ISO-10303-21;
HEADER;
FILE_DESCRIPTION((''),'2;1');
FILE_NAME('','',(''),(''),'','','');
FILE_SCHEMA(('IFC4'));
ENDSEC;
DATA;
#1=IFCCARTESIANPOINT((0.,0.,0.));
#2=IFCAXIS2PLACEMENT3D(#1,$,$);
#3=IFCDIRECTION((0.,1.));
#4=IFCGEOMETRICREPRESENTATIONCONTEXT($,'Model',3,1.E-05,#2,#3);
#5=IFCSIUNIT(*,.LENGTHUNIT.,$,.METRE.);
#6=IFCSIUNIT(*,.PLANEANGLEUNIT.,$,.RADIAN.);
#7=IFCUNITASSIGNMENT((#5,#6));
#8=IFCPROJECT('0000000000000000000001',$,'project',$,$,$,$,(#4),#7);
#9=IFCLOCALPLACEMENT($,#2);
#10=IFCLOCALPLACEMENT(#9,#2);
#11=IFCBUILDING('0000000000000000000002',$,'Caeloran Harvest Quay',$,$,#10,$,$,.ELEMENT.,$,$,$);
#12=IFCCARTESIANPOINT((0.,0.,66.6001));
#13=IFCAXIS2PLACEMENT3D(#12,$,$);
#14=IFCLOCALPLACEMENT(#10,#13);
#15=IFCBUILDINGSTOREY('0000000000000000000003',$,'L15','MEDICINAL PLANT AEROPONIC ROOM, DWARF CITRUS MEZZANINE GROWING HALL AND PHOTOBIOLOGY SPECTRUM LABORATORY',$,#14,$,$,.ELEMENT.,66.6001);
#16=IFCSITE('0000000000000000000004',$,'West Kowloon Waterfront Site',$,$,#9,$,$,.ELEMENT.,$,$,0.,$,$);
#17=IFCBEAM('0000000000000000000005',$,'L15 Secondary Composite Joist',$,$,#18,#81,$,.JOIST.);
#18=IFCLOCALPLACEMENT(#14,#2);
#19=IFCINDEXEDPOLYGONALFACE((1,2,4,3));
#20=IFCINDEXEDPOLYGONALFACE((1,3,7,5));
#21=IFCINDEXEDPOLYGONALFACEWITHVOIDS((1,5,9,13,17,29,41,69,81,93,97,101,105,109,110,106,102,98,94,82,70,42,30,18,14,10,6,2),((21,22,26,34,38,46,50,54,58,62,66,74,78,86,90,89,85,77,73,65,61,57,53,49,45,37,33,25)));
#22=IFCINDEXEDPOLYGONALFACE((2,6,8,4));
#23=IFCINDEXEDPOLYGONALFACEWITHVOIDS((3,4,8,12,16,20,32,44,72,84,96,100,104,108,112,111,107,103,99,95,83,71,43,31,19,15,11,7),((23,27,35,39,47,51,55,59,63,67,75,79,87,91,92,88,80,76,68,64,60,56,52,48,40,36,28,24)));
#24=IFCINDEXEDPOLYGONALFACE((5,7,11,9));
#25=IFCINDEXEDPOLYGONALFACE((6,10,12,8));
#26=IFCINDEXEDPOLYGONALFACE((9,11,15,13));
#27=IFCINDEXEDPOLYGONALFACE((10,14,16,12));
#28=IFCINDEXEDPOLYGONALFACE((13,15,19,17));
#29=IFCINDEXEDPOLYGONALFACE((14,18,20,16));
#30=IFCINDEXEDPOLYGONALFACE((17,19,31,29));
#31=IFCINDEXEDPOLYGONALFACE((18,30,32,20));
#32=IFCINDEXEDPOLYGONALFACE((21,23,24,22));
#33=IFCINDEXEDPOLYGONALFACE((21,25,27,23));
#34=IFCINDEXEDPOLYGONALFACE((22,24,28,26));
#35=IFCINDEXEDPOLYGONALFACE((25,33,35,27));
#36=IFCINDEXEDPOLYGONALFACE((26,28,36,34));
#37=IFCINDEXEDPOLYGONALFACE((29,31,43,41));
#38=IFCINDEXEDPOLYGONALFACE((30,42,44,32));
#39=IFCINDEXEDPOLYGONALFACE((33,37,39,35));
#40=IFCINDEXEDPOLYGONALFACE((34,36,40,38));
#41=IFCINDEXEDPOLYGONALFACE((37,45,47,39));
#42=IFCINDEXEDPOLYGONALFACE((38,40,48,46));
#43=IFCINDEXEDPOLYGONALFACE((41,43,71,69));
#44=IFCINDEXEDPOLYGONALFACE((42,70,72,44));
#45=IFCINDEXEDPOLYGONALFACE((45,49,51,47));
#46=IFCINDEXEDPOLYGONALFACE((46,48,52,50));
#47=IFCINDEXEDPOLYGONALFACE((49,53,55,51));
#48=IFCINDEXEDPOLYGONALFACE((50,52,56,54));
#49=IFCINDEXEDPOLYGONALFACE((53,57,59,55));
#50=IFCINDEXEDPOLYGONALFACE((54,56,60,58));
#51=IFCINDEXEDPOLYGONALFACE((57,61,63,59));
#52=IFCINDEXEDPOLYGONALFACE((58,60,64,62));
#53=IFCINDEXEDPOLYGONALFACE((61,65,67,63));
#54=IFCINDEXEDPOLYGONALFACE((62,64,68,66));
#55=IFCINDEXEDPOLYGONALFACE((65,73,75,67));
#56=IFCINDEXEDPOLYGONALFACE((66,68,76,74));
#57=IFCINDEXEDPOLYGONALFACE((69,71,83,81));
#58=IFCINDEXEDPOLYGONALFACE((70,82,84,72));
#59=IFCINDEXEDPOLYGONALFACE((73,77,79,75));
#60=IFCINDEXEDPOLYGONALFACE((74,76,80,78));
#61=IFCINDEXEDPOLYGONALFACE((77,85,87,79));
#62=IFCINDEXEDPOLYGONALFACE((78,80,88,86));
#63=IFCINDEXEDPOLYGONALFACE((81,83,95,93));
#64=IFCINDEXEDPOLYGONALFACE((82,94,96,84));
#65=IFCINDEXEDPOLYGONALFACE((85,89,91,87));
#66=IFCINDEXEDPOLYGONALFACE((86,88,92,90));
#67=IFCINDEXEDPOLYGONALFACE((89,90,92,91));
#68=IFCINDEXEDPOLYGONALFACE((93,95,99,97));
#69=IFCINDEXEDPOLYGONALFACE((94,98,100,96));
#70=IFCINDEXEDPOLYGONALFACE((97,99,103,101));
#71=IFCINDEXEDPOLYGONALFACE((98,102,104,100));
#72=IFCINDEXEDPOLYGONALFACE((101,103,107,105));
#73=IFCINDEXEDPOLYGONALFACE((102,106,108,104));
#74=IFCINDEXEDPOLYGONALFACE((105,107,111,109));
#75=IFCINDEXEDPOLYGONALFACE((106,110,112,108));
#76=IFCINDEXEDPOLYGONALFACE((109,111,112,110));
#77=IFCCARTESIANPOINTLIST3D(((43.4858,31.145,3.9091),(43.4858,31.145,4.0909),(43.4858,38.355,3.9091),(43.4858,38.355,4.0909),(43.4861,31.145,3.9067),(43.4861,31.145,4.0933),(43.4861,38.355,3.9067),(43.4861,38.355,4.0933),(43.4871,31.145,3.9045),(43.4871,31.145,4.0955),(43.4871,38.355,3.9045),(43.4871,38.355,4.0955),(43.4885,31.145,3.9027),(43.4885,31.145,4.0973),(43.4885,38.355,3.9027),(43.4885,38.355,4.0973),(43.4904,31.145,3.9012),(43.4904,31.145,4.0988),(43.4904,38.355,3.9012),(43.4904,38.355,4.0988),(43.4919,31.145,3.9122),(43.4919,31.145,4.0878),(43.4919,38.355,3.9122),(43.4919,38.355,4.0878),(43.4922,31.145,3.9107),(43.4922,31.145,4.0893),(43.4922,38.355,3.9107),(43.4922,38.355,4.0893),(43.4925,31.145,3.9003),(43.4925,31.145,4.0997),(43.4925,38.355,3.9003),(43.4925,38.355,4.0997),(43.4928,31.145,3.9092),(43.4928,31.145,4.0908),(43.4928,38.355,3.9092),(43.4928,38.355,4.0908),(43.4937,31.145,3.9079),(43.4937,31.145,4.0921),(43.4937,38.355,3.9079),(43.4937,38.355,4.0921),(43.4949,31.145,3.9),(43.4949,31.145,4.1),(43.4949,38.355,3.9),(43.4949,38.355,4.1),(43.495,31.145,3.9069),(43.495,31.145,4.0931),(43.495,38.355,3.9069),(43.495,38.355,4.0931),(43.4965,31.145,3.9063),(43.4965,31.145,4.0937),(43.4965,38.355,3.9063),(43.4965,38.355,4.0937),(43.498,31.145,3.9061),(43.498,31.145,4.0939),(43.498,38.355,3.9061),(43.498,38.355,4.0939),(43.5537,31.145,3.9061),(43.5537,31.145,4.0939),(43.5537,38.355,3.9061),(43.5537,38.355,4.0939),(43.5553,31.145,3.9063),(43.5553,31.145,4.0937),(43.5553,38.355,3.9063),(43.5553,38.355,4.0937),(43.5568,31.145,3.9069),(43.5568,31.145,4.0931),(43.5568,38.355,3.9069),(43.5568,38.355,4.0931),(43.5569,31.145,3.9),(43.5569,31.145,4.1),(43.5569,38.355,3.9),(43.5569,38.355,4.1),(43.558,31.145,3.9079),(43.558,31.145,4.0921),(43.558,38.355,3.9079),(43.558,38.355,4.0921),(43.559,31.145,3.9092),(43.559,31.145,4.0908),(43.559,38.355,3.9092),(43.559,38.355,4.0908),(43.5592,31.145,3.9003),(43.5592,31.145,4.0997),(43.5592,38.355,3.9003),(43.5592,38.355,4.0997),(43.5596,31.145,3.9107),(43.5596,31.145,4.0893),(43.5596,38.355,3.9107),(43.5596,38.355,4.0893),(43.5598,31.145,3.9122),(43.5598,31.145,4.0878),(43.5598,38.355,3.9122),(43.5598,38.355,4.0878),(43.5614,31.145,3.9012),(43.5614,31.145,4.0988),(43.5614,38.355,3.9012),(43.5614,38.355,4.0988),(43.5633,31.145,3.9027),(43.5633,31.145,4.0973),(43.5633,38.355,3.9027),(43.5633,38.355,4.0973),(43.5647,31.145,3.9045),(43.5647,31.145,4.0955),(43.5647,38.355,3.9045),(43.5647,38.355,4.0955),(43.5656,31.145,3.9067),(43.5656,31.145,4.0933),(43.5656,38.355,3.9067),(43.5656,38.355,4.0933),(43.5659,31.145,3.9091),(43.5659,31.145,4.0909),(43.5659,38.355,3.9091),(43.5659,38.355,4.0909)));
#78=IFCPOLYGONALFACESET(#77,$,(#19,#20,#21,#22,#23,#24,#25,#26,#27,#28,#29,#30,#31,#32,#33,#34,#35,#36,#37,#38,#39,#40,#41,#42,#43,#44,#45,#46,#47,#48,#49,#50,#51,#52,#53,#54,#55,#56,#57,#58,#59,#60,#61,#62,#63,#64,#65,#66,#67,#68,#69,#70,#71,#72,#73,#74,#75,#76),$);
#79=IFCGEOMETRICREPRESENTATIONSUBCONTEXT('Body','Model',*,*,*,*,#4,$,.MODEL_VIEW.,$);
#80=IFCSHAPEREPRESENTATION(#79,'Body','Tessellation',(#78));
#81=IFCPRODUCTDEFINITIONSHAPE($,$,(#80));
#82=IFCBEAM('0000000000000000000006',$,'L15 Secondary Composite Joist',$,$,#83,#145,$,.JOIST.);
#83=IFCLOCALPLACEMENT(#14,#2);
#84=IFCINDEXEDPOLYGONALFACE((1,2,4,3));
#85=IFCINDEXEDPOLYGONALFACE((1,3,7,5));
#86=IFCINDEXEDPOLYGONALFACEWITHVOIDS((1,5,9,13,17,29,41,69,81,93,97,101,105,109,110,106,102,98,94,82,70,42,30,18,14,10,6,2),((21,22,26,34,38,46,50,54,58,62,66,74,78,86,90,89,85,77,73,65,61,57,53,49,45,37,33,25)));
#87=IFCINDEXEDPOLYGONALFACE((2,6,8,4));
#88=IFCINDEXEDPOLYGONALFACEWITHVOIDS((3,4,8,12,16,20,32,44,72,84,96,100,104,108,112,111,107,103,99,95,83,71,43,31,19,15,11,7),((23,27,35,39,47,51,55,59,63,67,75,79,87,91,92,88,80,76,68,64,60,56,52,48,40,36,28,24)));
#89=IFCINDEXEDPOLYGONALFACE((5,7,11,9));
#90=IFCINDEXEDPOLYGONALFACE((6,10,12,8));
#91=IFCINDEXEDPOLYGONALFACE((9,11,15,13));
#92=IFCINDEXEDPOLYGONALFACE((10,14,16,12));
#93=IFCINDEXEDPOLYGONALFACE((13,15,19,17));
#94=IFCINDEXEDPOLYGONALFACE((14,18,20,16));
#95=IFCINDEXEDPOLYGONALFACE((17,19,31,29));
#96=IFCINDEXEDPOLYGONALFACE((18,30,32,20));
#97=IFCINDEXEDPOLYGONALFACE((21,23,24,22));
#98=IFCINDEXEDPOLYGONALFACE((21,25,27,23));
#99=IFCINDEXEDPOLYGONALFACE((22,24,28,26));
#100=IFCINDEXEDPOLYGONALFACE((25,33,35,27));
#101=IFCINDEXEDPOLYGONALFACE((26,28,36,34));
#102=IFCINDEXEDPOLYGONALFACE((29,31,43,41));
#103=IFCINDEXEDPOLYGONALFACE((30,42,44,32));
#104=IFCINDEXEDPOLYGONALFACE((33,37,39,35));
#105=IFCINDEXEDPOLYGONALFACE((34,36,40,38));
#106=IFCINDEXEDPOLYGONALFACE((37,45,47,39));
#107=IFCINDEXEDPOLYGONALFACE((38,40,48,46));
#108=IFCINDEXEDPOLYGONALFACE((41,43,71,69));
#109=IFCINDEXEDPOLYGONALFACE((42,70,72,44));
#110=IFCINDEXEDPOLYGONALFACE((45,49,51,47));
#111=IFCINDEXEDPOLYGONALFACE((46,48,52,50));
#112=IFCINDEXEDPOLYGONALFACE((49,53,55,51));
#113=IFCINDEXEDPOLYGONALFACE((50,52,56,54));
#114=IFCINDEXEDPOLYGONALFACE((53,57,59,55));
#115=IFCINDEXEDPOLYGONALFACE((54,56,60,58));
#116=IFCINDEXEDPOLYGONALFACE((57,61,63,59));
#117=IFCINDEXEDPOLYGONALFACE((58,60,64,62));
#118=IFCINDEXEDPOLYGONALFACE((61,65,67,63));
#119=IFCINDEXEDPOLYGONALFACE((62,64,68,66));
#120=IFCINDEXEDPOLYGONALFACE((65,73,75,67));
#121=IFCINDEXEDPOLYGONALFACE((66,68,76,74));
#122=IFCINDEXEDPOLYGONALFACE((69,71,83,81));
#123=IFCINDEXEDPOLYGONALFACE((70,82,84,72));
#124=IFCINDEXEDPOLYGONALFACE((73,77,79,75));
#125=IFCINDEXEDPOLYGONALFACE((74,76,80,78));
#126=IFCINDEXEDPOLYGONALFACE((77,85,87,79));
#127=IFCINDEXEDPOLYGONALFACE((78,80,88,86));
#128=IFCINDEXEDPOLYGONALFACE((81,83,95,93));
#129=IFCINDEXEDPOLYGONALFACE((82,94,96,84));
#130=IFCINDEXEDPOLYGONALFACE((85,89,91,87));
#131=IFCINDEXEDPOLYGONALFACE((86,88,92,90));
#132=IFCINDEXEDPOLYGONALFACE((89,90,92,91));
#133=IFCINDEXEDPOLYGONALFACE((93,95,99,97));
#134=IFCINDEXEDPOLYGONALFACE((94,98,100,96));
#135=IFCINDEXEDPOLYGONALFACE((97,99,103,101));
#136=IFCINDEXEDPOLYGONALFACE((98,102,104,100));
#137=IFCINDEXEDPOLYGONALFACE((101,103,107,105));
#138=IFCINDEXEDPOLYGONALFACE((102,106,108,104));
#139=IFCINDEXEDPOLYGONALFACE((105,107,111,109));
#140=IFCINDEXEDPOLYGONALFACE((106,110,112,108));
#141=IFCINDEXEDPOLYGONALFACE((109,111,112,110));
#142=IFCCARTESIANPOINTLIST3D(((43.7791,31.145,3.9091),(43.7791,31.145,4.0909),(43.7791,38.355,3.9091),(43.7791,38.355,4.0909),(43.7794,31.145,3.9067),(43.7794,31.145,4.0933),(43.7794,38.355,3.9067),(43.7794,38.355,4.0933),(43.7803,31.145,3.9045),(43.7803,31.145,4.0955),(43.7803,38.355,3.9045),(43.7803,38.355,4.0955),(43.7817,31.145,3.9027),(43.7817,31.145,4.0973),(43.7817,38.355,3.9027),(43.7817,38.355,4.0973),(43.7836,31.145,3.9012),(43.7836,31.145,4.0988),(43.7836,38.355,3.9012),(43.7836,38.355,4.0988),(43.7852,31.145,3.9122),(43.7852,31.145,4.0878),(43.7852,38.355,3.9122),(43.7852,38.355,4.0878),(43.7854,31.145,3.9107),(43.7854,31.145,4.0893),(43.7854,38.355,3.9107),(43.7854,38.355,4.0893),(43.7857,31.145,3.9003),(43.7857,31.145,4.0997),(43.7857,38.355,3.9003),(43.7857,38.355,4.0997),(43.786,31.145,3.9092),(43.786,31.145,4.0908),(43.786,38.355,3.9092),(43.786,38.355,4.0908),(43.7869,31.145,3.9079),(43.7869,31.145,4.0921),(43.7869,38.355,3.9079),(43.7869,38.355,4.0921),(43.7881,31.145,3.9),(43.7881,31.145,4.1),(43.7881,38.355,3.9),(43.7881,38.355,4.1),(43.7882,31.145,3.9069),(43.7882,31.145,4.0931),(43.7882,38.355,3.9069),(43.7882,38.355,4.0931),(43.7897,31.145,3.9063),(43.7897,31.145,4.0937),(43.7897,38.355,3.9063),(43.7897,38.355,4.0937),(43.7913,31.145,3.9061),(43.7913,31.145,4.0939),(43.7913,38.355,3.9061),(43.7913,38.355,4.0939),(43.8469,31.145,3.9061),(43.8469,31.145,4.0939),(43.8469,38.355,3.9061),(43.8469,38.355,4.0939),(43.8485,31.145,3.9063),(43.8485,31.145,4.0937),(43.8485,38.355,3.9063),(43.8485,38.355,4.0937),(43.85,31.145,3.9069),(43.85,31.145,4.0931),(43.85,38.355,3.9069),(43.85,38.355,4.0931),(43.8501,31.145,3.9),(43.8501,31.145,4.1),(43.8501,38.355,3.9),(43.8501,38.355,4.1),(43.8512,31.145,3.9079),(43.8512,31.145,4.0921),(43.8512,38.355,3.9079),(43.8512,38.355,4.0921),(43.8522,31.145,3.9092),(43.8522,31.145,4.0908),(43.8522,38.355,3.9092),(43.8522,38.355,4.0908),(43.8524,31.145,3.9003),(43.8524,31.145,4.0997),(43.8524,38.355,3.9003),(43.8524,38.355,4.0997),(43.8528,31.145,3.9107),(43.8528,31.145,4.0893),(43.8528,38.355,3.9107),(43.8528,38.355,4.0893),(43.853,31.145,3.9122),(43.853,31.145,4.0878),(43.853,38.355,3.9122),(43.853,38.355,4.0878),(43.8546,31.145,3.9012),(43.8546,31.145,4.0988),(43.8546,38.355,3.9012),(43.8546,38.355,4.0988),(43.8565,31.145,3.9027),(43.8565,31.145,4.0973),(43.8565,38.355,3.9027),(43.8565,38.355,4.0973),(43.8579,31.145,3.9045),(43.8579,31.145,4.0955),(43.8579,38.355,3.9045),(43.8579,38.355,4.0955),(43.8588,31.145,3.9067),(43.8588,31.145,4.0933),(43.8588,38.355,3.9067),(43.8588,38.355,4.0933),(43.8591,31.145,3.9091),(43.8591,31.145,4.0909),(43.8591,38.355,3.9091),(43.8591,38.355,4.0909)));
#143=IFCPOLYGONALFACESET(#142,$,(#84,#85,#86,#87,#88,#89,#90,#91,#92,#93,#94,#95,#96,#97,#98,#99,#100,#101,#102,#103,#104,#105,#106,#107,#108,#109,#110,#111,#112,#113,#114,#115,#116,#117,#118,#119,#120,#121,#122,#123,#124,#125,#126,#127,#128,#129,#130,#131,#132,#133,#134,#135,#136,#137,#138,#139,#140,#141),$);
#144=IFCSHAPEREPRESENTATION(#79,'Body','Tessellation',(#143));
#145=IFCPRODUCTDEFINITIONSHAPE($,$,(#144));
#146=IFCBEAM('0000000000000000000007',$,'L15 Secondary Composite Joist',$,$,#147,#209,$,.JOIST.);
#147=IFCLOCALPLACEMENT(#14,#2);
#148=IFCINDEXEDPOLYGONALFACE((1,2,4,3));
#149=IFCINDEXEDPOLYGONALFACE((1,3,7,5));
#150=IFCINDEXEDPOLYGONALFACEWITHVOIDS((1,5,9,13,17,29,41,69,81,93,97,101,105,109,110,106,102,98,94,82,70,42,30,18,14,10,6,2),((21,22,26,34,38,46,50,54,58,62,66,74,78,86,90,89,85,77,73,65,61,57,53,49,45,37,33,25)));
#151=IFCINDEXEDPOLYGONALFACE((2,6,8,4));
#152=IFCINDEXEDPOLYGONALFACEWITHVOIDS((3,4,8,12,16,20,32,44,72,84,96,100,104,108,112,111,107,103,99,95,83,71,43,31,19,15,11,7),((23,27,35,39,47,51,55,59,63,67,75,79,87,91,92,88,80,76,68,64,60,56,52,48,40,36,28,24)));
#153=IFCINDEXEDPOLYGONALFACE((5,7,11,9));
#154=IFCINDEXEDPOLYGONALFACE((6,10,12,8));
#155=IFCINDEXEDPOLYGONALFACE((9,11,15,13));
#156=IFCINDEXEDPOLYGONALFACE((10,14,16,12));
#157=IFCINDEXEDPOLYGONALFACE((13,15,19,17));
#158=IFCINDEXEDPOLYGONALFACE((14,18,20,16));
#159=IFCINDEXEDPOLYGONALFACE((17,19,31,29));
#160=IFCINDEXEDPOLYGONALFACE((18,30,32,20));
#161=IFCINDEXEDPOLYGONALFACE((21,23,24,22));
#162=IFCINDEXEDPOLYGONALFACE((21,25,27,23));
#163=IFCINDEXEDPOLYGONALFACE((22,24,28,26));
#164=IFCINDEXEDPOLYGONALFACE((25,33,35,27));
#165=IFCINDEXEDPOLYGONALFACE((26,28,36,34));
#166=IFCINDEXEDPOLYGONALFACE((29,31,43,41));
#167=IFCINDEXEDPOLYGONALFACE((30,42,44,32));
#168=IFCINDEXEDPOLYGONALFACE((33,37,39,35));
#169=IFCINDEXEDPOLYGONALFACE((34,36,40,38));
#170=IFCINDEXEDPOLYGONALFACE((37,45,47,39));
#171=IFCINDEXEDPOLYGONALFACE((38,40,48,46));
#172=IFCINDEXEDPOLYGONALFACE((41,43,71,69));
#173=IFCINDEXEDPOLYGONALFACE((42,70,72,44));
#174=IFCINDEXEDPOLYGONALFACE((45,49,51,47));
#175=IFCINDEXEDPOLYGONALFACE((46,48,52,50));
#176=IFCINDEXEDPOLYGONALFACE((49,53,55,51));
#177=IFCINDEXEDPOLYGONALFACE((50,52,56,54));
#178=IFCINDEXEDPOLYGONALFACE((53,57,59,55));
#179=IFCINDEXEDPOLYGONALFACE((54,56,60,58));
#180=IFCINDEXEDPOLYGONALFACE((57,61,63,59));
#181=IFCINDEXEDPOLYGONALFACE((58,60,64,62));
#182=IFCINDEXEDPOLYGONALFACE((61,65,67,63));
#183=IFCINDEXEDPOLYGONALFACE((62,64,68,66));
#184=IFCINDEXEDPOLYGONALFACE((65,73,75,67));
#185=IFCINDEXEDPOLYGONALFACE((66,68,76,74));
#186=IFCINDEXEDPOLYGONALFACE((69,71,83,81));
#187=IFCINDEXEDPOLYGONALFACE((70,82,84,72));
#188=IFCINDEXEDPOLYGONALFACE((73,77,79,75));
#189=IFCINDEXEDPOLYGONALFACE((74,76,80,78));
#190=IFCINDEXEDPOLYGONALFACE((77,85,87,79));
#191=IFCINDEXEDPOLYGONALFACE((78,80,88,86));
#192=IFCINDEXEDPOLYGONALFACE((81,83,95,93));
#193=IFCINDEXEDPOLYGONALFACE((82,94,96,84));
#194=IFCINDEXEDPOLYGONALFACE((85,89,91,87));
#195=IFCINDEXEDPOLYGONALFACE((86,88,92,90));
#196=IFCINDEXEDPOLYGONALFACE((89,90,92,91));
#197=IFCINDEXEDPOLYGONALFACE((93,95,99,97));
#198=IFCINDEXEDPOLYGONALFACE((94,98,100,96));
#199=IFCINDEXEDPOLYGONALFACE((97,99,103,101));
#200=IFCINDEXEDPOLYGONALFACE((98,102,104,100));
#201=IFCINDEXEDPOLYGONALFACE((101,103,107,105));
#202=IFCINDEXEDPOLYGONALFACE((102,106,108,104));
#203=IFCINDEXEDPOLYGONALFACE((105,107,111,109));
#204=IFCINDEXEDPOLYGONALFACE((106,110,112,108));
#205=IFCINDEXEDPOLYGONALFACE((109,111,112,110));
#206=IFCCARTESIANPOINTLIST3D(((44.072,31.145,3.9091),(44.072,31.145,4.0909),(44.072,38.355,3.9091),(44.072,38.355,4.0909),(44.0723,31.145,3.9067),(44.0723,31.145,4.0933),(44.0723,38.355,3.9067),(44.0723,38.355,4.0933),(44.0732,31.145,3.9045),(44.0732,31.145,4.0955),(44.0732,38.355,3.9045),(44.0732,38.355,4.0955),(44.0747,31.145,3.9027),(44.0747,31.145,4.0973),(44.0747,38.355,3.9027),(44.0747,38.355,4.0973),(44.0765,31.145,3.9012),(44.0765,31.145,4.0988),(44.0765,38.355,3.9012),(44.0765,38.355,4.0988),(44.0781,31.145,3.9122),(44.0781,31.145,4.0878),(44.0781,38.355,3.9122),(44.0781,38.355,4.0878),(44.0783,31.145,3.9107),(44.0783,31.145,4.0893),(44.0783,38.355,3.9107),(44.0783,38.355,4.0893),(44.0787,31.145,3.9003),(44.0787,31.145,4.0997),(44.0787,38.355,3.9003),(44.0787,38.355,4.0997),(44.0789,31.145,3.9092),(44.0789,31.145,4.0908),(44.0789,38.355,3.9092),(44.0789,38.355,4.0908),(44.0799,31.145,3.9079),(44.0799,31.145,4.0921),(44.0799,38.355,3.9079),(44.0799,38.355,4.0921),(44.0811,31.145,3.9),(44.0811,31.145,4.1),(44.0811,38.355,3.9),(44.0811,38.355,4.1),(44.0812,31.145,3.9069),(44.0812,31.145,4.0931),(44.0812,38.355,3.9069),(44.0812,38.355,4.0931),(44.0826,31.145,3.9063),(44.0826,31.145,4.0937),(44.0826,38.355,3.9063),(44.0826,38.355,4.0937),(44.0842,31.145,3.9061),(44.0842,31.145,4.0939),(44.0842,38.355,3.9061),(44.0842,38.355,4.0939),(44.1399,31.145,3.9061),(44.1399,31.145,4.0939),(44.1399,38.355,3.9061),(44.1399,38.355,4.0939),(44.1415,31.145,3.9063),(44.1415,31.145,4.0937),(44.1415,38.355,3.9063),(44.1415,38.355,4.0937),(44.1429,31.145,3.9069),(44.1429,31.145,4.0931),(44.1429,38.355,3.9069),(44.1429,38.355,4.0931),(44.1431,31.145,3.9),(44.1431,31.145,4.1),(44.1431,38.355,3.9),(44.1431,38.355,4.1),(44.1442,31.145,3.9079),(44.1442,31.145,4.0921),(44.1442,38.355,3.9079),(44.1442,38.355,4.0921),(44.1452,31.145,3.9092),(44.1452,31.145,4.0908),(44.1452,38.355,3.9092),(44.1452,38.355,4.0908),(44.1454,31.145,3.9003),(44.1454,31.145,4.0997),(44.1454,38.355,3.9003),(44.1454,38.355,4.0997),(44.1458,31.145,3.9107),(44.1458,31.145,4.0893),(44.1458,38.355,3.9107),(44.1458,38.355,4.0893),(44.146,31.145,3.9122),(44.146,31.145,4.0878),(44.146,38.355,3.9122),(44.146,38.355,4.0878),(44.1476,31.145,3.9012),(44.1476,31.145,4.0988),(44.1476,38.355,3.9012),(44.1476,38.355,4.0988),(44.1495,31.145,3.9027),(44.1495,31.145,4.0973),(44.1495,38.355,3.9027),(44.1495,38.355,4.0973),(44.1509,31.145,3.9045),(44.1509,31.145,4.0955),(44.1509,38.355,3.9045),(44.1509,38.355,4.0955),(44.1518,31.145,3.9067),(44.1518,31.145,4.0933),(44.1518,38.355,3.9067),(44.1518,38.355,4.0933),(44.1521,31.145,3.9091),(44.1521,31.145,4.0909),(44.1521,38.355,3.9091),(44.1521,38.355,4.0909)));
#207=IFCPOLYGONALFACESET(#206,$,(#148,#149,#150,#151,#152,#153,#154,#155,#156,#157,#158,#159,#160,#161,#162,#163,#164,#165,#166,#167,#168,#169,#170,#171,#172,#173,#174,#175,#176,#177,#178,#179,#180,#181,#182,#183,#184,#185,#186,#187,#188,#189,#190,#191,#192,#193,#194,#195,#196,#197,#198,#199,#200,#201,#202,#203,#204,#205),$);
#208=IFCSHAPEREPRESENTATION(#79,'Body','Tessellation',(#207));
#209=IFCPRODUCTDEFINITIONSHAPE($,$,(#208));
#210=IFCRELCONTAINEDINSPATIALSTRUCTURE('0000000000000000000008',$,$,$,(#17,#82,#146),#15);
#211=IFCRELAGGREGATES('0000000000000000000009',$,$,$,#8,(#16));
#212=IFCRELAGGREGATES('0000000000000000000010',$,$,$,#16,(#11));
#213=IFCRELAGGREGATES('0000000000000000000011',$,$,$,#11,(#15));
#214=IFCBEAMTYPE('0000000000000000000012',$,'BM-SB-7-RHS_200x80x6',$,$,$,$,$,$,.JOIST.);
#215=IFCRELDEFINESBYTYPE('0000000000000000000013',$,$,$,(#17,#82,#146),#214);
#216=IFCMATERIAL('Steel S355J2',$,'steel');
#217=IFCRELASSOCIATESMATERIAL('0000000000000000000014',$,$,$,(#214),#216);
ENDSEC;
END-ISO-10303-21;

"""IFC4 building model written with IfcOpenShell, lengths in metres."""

from ifc_helpers import new_model, si_unit, direction, frame, origin, origin_2d, place, context, subcontext, project, spatial, hollow_rectangle, extrude, material, material_profile, profile_set, type_object, element, save


model = new_model("IFC4")

# Units and contexts
model_context = context("Model", 3, precision=1e-05, world=origin(), true_north=direction((0.0, 1.0)))
body_context = subcontext(model_context, "Body", "Model", "MODEL_VIEW")
ifc_project = project(units=[si_unit("LENGTHUNIT", "METRE"), si_unit("PLANEANGLEUNIT", "RADIAN")], contexts=[model_context])

# Site, building, storey
site_placement = place(None, origin())
site = spatial("IfcSite", under=ifc_project, at=site_placement, Name="West Kowloon Waterfront Site", CompositionType="ELEMENT", RefElevation=0.0)
building_placement = place(site_placement, origin())
building = spatial("IfcBuilding", under=site, at=building_placement, Name="Caeloran Harvest Quay", CompositionType="ELEMENT")
storey_placement = place(building_placement, frame((0.0, 0.0, 66.6001)))
storey = spatial("IfcBuildingStorey", under=building, at=storey_placement, Name="L15", Description="MEDICINAL PLANT AEROPONIC ROOM, DWARF CITRUS MEZZANINE GROWING HALL AND PHOTOBIOLOGY SPECTRUM LABORATORY", CompositionType="ELEMENT", Elevation=66.6001)

# Beams
ifc_material_1 = material(Name="Steel S355J2", Category="steel")
ifc_material_profile_1 = material_profile(ifc_material_1, hollow_rectangle(XDim=0.0801, YDim=0.2, WallThickness=0.0061, InnerFilletRadius=0.0061, OuterFilletRadius=0.009, at=origin_2d()), Name="RHS 200x80x6")
ifc_profile_set_1 = profile_set([ifc_material_profile_1], Name="Steel S355J2")
beam_type_1 = type_object("IfcBeamType", Name="BM-SB-7-RHS_200x80x6", PredefinedType="JOIST", material=ifc_profile_set_1)
for number, where, z_axis, x_axis, name in (
    (1, (43.5259, 31.145, 4.0), (0.0, 1.0, 0.0), (-1.0, 0.0, 0.0), "L15 Secondary Composite Joist"),
    (2, (43.8191, 31.145, 4.0), (0.0, 1.0, 0.0), (-1.0, 0.0, 0.0), "L15 Secondary Composite Joist"),
    (3, (44.1121, 31.145, 4.0), (0.0, 1.0, 0.0), (-1.0, 0.0, 0.0), "L15 Secondary Composite Joist"),
):
    element("IfcBeam", number, at=place(storey_placement, frame(where, z_axis=z_axis, x_axis=x_axis)), inside=storey, type_object=beam_type_1, Name=name, PredefinedType="JOIST", context=body_context, shape_type="SweptSolid", body=[
        extrude(hollow_rectangle(XDim=0.0801, YDim=0.2, WallThickness=0.0061, InnerFilletRadius=0.0061, OuterFilletRadius=0.009, at=origin_2d()), origin(), (0.0, 0.0, 1.0), 7.21),
    ])

save(model, "model.ifc")
